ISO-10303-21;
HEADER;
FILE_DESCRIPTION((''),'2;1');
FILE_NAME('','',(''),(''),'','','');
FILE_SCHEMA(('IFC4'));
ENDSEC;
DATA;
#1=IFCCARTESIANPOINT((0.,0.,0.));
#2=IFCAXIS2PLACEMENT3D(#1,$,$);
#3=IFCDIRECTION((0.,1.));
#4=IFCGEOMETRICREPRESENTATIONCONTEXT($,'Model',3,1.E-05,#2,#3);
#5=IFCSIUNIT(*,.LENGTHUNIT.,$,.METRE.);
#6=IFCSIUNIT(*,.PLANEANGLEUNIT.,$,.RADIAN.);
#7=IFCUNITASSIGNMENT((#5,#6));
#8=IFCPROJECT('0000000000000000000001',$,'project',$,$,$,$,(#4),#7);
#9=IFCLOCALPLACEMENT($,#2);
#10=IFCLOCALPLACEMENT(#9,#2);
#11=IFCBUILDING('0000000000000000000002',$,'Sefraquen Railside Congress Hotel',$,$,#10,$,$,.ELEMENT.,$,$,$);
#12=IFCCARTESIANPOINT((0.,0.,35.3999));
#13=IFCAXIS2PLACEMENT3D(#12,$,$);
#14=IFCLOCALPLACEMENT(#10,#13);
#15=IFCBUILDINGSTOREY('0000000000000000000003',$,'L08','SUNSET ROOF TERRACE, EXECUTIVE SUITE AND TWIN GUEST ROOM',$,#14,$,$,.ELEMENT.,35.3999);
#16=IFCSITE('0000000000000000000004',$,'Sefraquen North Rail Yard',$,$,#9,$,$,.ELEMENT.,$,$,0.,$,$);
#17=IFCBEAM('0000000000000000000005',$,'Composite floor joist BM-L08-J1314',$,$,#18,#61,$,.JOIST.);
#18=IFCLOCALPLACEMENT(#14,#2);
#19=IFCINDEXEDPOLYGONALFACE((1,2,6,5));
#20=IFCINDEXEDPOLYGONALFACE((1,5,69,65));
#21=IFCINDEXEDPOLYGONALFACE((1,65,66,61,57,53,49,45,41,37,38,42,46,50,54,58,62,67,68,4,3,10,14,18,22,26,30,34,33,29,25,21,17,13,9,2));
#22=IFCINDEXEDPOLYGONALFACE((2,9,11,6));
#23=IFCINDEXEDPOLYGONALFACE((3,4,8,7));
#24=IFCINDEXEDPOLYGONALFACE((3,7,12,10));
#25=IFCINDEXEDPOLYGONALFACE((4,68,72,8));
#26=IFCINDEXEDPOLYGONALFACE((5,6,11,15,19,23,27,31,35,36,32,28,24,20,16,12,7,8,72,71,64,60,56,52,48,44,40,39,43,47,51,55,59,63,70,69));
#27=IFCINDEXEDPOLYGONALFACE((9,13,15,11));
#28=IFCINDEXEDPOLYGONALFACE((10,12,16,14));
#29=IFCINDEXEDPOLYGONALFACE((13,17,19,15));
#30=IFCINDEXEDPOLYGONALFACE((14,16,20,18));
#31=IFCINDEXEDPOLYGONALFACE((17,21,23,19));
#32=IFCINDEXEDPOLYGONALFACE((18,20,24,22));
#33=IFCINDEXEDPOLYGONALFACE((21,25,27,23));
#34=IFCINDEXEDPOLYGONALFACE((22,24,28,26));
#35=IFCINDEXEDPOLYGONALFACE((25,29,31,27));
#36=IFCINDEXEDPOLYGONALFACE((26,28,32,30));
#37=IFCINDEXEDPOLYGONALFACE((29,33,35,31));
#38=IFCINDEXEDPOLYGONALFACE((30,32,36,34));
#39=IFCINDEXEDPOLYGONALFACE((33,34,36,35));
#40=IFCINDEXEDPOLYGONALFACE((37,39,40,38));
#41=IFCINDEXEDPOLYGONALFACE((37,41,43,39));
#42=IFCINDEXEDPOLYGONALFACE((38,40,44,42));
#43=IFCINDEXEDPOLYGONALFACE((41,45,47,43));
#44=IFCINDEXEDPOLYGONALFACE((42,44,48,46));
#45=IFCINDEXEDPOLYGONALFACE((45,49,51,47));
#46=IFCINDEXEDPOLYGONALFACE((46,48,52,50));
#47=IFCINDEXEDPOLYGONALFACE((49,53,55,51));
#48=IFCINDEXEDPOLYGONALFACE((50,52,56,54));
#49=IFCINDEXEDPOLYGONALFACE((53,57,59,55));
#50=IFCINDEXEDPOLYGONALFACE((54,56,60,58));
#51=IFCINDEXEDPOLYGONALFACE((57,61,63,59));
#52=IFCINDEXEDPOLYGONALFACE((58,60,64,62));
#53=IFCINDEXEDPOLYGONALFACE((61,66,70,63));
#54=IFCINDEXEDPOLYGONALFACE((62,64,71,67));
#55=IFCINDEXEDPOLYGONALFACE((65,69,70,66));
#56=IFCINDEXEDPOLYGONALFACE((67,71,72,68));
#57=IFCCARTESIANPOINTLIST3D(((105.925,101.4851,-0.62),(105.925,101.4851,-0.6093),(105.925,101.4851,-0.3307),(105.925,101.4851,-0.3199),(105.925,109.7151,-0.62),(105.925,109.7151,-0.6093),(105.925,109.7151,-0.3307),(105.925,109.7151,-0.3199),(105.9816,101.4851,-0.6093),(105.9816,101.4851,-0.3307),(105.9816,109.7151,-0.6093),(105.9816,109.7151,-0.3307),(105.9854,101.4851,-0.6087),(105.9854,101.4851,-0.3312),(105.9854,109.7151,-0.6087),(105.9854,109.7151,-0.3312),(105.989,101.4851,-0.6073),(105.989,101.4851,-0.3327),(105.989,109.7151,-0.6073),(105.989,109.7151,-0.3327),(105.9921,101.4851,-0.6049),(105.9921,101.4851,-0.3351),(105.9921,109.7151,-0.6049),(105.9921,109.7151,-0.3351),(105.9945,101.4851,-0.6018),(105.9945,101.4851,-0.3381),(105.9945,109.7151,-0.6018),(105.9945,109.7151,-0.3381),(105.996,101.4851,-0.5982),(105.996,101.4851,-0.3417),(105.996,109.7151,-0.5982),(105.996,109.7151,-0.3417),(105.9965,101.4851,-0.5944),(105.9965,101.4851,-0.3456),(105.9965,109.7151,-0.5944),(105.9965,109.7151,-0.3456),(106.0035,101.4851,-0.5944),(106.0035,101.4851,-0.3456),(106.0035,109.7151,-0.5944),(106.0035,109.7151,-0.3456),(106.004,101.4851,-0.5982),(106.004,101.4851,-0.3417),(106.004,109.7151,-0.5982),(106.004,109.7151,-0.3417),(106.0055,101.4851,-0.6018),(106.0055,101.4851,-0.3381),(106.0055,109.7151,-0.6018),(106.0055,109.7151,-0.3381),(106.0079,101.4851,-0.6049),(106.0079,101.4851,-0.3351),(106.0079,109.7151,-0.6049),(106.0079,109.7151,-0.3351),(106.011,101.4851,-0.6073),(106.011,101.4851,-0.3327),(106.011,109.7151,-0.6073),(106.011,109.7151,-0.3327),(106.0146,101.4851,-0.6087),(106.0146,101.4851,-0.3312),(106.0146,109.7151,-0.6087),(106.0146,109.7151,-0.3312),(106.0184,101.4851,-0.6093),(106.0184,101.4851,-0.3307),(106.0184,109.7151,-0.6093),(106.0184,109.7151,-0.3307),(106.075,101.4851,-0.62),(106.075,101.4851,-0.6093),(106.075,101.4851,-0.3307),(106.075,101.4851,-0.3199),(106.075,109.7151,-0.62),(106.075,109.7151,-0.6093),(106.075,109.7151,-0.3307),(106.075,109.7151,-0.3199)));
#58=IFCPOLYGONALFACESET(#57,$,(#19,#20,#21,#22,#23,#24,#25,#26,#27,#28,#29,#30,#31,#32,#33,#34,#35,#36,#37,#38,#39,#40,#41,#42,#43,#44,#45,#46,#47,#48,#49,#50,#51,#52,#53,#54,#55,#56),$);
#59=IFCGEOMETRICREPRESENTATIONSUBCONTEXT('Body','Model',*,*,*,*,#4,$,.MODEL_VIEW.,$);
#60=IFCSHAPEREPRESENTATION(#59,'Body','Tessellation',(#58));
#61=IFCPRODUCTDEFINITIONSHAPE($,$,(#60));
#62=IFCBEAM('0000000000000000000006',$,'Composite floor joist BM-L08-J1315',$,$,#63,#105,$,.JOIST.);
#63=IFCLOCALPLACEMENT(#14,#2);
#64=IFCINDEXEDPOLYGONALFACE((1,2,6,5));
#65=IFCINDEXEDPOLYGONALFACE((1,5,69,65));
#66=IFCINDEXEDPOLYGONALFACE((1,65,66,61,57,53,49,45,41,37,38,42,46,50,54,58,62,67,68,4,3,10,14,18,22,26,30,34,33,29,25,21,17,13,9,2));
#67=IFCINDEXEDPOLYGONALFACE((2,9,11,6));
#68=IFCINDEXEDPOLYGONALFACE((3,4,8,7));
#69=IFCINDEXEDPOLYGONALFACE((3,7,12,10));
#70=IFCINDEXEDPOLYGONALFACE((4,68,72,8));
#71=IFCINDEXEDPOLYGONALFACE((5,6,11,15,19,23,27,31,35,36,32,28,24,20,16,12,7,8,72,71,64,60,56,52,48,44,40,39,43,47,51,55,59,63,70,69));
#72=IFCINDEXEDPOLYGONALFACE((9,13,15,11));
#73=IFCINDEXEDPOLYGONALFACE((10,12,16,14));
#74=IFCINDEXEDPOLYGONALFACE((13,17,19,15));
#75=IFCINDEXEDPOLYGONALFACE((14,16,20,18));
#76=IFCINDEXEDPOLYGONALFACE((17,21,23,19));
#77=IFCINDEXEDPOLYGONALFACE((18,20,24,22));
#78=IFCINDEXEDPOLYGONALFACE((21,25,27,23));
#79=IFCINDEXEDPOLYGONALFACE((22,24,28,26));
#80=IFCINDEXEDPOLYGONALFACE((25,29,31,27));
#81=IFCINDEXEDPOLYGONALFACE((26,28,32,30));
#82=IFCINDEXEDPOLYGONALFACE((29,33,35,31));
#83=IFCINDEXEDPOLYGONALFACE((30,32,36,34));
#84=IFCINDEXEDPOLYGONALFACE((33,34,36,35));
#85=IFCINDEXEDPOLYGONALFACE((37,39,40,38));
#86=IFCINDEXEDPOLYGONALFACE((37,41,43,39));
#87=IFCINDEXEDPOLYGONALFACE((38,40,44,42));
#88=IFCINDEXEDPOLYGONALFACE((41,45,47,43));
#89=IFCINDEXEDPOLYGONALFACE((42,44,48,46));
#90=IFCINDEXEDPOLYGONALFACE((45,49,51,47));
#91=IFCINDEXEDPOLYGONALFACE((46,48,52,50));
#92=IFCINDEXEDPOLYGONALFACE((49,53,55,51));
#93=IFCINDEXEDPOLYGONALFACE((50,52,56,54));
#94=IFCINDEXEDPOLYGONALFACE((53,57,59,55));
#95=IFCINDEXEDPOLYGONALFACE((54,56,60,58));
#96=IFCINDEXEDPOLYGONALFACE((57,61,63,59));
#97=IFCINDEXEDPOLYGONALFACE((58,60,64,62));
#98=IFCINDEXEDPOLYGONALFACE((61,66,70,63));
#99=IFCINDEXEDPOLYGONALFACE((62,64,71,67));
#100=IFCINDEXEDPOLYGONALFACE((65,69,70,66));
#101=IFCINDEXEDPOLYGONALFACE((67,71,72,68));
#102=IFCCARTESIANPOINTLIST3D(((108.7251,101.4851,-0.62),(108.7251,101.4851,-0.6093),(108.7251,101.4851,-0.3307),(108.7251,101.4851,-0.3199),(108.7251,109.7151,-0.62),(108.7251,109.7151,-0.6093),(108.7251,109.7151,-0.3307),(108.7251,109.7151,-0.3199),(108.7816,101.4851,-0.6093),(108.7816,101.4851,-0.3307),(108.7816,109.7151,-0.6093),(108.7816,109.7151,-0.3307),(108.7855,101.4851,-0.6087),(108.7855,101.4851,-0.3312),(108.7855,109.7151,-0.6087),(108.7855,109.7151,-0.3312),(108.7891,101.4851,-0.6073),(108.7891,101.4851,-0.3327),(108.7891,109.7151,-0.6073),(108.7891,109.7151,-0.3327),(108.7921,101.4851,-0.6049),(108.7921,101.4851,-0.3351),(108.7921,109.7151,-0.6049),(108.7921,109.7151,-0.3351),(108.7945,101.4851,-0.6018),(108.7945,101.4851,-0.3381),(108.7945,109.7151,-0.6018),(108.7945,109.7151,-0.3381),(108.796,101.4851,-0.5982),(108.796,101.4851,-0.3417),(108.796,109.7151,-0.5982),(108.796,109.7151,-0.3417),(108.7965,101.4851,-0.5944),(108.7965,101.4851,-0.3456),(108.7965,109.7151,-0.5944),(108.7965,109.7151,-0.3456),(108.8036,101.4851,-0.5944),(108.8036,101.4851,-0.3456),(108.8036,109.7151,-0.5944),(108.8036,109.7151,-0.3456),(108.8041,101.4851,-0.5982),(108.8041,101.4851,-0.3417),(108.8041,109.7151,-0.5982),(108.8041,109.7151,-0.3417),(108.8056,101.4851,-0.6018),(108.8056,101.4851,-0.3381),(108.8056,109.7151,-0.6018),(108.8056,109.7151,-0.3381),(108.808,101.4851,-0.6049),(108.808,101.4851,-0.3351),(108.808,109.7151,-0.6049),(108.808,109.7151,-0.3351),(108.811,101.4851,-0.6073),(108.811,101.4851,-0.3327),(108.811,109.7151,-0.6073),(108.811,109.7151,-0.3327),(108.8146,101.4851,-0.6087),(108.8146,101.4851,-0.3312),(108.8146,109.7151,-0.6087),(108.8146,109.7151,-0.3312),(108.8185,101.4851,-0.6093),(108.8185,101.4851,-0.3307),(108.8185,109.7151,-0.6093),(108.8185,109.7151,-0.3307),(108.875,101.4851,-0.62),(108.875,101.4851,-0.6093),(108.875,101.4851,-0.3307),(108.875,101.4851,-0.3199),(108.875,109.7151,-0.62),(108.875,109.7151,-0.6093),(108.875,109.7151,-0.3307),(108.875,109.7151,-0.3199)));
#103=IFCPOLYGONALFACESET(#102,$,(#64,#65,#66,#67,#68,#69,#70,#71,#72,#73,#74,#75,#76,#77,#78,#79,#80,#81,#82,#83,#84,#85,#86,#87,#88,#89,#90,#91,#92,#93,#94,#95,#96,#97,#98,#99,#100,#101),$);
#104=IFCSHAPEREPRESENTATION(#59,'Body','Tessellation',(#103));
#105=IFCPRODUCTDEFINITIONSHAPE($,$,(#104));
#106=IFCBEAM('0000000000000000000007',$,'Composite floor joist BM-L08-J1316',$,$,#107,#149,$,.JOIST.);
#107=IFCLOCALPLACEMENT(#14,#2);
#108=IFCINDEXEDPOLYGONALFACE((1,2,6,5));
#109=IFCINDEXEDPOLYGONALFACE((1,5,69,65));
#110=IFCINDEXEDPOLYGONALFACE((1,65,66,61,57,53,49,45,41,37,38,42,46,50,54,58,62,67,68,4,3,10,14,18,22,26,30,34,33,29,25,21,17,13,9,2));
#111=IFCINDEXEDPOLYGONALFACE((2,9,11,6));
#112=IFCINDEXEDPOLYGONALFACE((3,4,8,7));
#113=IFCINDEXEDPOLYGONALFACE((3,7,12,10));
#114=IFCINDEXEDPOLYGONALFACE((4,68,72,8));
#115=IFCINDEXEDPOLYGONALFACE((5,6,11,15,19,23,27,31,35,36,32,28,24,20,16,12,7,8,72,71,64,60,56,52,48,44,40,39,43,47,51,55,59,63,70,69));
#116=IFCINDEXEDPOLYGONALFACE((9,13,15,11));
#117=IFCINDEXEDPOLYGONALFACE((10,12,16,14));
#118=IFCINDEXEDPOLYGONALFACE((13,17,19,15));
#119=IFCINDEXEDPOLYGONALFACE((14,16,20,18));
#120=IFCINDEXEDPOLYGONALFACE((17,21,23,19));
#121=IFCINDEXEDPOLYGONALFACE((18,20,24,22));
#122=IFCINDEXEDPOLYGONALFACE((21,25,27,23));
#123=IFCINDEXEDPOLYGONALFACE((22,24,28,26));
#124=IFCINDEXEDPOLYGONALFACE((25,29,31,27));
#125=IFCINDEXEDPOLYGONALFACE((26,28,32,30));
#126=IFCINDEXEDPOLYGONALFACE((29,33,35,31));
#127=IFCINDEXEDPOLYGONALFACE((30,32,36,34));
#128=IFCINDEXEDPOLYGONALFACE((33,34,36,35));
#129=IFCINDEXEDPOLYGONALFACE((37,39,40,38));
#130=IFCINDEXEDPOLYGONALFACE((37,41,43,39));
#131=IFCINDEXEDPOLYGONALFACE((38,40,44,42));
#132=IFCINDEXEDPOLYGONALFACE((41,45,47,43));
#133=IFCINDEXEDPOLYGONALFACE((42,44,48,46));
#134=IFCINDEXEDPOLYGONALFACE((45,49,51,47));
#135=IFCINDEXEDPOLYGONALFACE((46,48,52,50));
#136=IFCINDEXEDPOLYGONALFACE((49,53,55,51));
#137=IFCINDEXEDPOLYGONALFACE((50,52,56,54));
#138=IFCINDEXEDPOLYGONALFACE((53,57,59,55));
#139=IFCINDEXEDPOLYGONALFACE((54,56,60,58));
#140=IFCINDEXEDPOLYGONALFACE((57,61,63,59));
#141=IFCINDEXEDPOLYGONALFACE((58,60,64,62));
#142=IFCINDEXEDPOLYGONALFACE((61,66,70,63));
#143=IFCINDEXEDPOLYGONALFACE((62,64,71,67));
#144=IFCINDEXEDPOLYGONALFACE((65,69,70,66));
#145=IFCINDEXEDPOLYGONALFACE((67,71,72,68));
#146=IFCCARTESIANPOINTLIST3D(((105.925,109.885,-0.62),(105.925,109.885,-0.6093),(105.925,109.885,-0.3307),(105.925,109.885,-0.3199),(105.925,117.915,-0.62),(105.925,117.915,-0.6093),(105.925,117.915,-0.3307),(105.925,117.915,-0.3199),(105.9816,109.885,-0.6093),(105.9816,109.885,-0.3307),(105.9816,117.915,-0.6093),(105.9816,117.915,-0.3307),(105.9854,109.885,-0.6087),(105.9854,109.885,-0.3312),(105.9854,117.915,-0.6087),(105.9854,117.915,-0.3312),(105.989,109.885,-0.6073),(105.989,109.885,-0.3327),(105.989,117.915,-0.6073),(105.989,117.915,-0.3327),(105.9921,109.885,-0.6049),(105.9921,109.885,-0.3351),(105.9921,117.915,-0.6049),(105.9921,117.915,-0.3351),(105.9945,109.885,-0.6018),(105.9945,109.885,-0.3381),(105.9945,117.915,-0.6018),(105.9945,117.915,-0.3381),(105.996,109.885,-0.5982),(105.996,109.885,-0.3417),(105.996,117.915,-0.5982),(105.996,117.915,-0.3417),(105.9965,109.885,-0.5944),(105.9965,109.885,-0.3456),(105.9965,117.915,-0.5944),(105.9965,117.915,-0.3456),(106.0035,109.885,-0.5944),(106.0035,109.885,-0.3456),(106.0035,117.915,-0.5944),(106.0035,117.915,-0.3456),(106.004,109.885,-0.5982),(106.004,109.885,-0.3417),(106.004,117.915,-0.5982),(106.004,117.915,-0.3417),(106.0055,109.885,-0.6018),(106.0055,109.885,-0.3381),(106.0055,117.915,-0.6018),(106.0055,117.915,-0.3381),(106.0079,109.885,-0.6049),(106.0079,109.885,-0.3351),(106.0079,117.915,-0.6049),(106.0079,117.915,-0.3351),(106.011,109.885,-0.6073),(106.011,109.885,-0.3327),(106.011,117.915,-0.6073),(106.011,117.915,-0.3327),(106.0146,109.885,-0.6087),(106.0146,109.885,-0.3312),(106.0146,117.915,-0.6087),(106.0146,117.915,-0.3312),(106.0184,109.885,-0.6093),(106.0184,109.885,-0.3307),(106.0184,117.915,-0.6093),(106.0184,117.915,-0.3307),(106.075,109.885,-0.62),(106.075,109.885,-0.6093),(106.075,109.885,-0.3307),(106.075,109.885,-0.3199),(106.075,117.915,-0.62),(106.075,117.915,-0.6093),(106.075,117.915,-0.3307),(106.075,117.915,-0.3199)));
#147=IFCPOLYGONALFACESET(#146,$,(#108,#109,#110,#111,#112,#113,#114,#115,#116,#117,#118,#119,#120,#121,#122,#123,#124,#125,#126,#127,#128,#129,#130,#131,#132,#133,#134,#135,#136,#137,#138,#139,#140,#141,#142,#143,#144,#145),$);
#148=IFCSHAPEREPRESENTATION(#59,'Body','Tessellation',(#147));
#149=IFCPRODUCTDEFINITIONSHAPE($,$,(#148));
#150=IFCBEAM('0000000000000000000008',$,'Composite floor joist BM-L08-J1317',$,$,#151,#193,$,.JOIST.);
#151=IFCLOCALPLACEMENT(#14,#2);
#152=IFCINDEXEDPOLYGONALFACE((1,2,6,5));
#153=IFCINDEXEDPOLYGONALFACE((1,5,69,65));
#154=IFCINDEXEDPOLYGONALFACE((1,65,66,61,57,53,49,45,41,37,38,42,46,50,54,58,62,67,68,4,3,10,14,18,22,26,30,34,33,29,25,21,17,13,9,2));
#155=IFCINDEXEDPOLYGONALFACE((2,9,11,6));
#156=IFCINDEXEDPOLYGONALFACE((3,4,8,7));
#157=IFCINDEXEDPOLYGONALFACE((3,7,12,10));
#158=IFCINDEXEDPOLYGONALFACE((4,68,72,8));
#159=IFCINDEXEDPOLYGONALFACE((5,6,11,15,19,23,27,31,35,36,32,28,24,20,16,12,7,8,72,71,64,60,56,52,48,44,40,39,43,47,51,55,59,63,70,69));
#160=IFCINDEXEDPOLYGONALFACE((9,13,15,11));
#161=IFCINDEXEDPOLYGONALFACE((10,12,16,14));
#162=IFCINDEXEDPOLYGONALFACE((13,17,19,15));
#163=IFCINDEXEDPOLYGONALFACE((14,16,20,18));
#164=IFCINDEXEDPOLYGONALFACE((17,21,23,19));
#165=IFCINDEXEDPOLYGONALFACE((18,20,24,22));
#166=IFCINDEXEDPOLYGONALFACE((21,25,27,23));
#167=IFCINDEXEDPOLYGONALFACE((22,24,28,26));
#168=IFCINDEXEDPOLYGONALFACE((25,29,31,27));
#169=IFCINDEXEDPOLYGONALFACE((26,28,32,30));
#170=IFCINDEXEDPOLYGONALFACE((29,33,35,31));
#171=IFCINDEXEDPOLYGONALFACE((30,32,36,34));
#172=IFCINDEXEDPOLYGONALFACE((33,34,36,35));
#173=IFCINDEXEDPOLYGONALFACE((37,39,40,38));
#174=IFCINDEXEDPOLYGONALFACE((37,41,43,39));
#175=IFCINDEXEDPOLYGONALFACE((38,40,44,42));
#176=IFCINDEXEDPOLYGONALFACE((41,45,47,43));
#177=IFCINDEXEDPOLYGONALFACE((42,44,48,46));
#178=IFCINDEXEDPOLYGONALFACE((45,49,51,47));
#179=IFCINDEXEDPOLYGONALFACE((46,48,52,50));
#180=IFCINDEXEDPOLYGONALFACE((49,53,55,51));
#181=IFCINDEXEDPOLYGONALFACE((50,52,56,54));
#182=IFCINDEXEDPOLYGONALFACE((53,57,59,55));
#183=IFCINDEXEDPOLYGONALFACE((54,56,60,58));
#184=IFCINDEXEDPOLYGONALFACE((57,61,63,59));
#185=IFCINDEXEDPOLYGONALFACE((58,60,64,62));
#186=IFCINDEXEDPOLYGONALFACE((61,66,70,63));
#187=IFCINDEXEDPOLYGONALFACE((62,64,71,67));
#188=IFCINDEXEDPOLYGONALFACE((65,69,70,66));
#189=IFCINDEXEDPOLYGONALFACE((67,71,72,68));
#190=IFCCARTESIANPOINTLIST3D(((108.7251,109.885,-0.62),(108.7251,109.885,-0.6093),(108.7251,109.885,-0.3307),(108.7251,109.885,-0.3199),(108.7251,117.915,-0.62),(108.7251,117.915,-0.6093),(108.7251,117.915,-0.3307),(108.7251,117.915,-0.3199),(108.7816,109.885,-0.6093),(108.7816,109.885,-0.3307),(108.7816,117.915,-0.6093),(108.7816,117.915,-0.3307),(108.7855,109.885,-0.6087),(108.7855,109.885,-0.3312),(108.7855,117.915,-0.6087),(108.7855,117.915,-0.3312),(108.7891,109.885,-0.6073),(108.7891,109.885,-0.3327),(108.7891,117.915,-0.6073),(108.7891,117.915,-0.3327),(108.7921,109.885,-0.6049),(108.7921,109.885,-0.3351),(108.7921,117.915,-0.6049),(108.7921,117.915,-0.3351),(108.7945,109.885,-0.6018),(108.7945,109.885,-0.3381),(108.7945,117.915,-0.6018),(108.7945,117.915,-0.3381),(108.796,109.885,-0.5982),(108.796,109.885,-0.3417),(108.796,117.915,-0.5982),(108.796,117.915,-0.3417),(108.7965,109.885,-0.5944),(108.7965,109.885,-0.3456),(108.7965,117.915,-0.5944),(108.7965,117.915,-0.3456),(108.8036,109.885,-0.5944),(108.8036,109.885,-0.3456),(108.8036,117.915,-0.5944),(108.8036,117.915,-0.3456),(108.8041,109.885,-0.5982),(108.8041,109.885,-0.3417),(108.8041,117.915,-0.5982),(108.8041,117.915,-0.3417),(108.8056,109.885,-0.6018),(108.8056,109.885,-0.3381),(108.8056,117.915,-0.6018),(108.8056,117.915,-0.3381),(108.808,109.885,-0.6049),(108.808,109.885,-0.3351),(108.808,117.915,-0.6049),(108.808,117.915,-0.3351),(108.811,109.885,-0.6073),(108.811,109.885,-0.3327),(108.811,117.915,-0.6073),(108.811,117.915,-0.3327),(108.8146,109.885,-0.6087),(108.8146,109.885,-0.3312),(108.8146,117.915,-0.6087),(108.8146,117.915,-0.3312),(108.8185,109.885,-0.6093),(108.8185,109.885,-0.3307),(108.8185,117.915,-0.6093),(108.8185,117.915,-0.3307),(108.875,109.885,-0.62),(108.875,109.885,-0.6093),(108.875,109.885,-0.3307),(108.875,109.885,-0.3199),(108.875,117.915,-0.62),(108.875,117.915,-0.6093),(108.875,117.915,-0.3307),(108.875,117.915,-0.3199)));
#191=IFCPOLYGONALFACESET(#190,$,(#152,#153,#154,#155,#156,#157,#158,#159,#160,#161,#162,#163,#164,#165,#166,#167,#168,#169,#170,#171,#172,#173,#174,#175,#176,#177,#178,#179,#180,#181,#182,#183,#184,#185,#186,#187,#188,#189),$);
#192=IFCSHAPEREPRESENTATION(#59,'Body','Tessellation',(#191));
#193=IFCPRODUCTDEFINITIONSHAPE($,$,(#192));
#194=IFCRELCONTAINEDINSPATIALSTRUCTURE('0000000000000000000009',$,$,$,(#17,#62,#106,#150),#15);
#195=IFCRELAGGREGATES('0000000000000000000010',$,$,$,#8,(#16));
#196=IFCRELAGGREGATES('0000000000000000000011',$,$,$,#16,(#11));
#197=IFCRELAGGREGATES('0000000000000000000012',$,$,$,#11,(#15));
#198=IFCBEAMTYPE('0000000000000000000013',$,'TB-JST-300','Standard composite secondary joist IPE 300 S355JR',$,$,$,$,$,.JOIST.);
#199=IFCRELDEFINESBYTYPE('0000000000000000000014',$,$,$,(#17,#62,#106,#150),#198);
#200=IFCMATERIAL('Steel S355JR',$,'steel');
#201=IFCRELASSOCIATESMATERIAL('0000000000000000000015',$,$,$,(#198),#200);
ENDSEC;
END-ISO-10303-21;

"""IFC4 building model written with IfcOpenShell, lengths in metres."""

from ifc_helpers import new_model, si_unit, direction, frame, origin, origin_2d, place, context, subcontext, project, spatial, i_section, extrude, material, material_profile, profile_set, type_object, element, save


model = new_model("IFC4")

# Units and contexts
model_context = context("Model", 3, precision=1e-05, world=origin(), true_north=direction((0.0, 1.0)))
body_context = subcontext(model_context, "Body", "Model", "MODEL_VIEW")
ifc_project = project(units=[si_unit("LENGTHUNIT", "METRE"), si_unit("PLANEANGLEUNIT", "RADIAN")], contexts=[model_context])

# Site, building, storey
site_placement = place(None, origin())
site = spatial("IfcSite", under=ifc_project, at=site_placement, Name="Sefraquen North Rail Yard", CompositionType="ELEMENT", RefElevation=0.0)
building_placement = place(site_placement, origin())
building = spatial("IfcBuilding", under=site, at=building_placement, Name="Sefraquen Railside Congress Hotel", CompositionType="ELEMENT")
storey_placement = place(building_placement, frame((0.0, 0.0, 35.3999)))
storey = spatial("IfcBuildingStorey", under=building, at=storey_placement, Name="L08", Description="SUNSET ROOF TERRACE, EXECUTIVE SUITE AND TWIN GUEST ROOM", CompositionType="ELEMENT", Elevation=35.3999)

# Beams
ifc_material_1 = material(Name="Steel S355JR", Category="steel")
ifc_material_profile_1 = material_profile(ifc_material_1, i_section(OverallWidth=0.1499, OverallDepth=0.3, WebThickness=0.0071, FlangeThickness=0.0107, FilletRadius=0.0149, at=origin_2d()), Name="IPE 300")
ifc_profile_set_1 = profile_set([ifc_material_profile_1], Name="Steel S355JR")
beam_type_1 = type_object("IfcBeamType", Name="TB-JST-300", Description="Standard composite secondary joist IPE 300 S355JR", PredefinedType="JOIST", material=ifc_profile_set_1)
for number, where, z_axis, x_axis, name in (
    (1, (106.0, 101.4851, -0.47), (0.0, 1.0, 0.0), (-1.0, 0.0, 0.0), "Composite floor joist BM-L08-J1314"),
    (2, (108.8, 101.4851, -0.47), (0.0, 1.0, 0.0), (-1.0, 0.0, 0.0), "Composite floor joist BM-L08-J1315"),
):
    element("IfcBeam", number, at=place(storey_placement, frame(where, z_axis=z_axis, x_axis=x_axis)), inside=storey, type_object=beam_type_1, Name=name, PredefinedType="JOIST", context=body_context, shape_type="SweptSolid", body=[
        extrude(i_section(OverallWidth=0.1499, OverallDepth=0.3, WebThickness=0.0071, FlangeThickness=0.0107, FilletRadius=0.0149, at=origin_2d()), origin(), (0.0, 0.0, 1.0), 8.23),
    ])
for number, where, z_axis, x_axis, name in (
    (3, (106.0, 109.885, -0.47), (0.0, 1.0, 0.0), (-1.0, 0.0, 0.0), "Composite floor joist BM-L08-J1316"),
    (4, (108.8, 109.885, -0.47), (0.0, 1.0, 0.0), (-1.0, 0.0, 0.0), "Composite floor joist BM-L08-J1317"),
):
    element("IfcBeam", number, at=place(storey_placement, frame(where, z_axis=z_axis, x_axis=x_axis)), inside=storey, type_object=beam_type_1, Name=name, PredefinedType="JOIST", context=body_context, shape_type="SweptSolid", body=[
        extrude(i_section(OverallWidth=0.1499, OverallDepth=0.3, WebThickness=0.0071, FlangeThickness=0.0107, FilletRadius=0.0149, at=origin_2d()), origin(), (0.0, 0.0, 1.0), 8.03),
    ])

save(model, "model.ifc")
